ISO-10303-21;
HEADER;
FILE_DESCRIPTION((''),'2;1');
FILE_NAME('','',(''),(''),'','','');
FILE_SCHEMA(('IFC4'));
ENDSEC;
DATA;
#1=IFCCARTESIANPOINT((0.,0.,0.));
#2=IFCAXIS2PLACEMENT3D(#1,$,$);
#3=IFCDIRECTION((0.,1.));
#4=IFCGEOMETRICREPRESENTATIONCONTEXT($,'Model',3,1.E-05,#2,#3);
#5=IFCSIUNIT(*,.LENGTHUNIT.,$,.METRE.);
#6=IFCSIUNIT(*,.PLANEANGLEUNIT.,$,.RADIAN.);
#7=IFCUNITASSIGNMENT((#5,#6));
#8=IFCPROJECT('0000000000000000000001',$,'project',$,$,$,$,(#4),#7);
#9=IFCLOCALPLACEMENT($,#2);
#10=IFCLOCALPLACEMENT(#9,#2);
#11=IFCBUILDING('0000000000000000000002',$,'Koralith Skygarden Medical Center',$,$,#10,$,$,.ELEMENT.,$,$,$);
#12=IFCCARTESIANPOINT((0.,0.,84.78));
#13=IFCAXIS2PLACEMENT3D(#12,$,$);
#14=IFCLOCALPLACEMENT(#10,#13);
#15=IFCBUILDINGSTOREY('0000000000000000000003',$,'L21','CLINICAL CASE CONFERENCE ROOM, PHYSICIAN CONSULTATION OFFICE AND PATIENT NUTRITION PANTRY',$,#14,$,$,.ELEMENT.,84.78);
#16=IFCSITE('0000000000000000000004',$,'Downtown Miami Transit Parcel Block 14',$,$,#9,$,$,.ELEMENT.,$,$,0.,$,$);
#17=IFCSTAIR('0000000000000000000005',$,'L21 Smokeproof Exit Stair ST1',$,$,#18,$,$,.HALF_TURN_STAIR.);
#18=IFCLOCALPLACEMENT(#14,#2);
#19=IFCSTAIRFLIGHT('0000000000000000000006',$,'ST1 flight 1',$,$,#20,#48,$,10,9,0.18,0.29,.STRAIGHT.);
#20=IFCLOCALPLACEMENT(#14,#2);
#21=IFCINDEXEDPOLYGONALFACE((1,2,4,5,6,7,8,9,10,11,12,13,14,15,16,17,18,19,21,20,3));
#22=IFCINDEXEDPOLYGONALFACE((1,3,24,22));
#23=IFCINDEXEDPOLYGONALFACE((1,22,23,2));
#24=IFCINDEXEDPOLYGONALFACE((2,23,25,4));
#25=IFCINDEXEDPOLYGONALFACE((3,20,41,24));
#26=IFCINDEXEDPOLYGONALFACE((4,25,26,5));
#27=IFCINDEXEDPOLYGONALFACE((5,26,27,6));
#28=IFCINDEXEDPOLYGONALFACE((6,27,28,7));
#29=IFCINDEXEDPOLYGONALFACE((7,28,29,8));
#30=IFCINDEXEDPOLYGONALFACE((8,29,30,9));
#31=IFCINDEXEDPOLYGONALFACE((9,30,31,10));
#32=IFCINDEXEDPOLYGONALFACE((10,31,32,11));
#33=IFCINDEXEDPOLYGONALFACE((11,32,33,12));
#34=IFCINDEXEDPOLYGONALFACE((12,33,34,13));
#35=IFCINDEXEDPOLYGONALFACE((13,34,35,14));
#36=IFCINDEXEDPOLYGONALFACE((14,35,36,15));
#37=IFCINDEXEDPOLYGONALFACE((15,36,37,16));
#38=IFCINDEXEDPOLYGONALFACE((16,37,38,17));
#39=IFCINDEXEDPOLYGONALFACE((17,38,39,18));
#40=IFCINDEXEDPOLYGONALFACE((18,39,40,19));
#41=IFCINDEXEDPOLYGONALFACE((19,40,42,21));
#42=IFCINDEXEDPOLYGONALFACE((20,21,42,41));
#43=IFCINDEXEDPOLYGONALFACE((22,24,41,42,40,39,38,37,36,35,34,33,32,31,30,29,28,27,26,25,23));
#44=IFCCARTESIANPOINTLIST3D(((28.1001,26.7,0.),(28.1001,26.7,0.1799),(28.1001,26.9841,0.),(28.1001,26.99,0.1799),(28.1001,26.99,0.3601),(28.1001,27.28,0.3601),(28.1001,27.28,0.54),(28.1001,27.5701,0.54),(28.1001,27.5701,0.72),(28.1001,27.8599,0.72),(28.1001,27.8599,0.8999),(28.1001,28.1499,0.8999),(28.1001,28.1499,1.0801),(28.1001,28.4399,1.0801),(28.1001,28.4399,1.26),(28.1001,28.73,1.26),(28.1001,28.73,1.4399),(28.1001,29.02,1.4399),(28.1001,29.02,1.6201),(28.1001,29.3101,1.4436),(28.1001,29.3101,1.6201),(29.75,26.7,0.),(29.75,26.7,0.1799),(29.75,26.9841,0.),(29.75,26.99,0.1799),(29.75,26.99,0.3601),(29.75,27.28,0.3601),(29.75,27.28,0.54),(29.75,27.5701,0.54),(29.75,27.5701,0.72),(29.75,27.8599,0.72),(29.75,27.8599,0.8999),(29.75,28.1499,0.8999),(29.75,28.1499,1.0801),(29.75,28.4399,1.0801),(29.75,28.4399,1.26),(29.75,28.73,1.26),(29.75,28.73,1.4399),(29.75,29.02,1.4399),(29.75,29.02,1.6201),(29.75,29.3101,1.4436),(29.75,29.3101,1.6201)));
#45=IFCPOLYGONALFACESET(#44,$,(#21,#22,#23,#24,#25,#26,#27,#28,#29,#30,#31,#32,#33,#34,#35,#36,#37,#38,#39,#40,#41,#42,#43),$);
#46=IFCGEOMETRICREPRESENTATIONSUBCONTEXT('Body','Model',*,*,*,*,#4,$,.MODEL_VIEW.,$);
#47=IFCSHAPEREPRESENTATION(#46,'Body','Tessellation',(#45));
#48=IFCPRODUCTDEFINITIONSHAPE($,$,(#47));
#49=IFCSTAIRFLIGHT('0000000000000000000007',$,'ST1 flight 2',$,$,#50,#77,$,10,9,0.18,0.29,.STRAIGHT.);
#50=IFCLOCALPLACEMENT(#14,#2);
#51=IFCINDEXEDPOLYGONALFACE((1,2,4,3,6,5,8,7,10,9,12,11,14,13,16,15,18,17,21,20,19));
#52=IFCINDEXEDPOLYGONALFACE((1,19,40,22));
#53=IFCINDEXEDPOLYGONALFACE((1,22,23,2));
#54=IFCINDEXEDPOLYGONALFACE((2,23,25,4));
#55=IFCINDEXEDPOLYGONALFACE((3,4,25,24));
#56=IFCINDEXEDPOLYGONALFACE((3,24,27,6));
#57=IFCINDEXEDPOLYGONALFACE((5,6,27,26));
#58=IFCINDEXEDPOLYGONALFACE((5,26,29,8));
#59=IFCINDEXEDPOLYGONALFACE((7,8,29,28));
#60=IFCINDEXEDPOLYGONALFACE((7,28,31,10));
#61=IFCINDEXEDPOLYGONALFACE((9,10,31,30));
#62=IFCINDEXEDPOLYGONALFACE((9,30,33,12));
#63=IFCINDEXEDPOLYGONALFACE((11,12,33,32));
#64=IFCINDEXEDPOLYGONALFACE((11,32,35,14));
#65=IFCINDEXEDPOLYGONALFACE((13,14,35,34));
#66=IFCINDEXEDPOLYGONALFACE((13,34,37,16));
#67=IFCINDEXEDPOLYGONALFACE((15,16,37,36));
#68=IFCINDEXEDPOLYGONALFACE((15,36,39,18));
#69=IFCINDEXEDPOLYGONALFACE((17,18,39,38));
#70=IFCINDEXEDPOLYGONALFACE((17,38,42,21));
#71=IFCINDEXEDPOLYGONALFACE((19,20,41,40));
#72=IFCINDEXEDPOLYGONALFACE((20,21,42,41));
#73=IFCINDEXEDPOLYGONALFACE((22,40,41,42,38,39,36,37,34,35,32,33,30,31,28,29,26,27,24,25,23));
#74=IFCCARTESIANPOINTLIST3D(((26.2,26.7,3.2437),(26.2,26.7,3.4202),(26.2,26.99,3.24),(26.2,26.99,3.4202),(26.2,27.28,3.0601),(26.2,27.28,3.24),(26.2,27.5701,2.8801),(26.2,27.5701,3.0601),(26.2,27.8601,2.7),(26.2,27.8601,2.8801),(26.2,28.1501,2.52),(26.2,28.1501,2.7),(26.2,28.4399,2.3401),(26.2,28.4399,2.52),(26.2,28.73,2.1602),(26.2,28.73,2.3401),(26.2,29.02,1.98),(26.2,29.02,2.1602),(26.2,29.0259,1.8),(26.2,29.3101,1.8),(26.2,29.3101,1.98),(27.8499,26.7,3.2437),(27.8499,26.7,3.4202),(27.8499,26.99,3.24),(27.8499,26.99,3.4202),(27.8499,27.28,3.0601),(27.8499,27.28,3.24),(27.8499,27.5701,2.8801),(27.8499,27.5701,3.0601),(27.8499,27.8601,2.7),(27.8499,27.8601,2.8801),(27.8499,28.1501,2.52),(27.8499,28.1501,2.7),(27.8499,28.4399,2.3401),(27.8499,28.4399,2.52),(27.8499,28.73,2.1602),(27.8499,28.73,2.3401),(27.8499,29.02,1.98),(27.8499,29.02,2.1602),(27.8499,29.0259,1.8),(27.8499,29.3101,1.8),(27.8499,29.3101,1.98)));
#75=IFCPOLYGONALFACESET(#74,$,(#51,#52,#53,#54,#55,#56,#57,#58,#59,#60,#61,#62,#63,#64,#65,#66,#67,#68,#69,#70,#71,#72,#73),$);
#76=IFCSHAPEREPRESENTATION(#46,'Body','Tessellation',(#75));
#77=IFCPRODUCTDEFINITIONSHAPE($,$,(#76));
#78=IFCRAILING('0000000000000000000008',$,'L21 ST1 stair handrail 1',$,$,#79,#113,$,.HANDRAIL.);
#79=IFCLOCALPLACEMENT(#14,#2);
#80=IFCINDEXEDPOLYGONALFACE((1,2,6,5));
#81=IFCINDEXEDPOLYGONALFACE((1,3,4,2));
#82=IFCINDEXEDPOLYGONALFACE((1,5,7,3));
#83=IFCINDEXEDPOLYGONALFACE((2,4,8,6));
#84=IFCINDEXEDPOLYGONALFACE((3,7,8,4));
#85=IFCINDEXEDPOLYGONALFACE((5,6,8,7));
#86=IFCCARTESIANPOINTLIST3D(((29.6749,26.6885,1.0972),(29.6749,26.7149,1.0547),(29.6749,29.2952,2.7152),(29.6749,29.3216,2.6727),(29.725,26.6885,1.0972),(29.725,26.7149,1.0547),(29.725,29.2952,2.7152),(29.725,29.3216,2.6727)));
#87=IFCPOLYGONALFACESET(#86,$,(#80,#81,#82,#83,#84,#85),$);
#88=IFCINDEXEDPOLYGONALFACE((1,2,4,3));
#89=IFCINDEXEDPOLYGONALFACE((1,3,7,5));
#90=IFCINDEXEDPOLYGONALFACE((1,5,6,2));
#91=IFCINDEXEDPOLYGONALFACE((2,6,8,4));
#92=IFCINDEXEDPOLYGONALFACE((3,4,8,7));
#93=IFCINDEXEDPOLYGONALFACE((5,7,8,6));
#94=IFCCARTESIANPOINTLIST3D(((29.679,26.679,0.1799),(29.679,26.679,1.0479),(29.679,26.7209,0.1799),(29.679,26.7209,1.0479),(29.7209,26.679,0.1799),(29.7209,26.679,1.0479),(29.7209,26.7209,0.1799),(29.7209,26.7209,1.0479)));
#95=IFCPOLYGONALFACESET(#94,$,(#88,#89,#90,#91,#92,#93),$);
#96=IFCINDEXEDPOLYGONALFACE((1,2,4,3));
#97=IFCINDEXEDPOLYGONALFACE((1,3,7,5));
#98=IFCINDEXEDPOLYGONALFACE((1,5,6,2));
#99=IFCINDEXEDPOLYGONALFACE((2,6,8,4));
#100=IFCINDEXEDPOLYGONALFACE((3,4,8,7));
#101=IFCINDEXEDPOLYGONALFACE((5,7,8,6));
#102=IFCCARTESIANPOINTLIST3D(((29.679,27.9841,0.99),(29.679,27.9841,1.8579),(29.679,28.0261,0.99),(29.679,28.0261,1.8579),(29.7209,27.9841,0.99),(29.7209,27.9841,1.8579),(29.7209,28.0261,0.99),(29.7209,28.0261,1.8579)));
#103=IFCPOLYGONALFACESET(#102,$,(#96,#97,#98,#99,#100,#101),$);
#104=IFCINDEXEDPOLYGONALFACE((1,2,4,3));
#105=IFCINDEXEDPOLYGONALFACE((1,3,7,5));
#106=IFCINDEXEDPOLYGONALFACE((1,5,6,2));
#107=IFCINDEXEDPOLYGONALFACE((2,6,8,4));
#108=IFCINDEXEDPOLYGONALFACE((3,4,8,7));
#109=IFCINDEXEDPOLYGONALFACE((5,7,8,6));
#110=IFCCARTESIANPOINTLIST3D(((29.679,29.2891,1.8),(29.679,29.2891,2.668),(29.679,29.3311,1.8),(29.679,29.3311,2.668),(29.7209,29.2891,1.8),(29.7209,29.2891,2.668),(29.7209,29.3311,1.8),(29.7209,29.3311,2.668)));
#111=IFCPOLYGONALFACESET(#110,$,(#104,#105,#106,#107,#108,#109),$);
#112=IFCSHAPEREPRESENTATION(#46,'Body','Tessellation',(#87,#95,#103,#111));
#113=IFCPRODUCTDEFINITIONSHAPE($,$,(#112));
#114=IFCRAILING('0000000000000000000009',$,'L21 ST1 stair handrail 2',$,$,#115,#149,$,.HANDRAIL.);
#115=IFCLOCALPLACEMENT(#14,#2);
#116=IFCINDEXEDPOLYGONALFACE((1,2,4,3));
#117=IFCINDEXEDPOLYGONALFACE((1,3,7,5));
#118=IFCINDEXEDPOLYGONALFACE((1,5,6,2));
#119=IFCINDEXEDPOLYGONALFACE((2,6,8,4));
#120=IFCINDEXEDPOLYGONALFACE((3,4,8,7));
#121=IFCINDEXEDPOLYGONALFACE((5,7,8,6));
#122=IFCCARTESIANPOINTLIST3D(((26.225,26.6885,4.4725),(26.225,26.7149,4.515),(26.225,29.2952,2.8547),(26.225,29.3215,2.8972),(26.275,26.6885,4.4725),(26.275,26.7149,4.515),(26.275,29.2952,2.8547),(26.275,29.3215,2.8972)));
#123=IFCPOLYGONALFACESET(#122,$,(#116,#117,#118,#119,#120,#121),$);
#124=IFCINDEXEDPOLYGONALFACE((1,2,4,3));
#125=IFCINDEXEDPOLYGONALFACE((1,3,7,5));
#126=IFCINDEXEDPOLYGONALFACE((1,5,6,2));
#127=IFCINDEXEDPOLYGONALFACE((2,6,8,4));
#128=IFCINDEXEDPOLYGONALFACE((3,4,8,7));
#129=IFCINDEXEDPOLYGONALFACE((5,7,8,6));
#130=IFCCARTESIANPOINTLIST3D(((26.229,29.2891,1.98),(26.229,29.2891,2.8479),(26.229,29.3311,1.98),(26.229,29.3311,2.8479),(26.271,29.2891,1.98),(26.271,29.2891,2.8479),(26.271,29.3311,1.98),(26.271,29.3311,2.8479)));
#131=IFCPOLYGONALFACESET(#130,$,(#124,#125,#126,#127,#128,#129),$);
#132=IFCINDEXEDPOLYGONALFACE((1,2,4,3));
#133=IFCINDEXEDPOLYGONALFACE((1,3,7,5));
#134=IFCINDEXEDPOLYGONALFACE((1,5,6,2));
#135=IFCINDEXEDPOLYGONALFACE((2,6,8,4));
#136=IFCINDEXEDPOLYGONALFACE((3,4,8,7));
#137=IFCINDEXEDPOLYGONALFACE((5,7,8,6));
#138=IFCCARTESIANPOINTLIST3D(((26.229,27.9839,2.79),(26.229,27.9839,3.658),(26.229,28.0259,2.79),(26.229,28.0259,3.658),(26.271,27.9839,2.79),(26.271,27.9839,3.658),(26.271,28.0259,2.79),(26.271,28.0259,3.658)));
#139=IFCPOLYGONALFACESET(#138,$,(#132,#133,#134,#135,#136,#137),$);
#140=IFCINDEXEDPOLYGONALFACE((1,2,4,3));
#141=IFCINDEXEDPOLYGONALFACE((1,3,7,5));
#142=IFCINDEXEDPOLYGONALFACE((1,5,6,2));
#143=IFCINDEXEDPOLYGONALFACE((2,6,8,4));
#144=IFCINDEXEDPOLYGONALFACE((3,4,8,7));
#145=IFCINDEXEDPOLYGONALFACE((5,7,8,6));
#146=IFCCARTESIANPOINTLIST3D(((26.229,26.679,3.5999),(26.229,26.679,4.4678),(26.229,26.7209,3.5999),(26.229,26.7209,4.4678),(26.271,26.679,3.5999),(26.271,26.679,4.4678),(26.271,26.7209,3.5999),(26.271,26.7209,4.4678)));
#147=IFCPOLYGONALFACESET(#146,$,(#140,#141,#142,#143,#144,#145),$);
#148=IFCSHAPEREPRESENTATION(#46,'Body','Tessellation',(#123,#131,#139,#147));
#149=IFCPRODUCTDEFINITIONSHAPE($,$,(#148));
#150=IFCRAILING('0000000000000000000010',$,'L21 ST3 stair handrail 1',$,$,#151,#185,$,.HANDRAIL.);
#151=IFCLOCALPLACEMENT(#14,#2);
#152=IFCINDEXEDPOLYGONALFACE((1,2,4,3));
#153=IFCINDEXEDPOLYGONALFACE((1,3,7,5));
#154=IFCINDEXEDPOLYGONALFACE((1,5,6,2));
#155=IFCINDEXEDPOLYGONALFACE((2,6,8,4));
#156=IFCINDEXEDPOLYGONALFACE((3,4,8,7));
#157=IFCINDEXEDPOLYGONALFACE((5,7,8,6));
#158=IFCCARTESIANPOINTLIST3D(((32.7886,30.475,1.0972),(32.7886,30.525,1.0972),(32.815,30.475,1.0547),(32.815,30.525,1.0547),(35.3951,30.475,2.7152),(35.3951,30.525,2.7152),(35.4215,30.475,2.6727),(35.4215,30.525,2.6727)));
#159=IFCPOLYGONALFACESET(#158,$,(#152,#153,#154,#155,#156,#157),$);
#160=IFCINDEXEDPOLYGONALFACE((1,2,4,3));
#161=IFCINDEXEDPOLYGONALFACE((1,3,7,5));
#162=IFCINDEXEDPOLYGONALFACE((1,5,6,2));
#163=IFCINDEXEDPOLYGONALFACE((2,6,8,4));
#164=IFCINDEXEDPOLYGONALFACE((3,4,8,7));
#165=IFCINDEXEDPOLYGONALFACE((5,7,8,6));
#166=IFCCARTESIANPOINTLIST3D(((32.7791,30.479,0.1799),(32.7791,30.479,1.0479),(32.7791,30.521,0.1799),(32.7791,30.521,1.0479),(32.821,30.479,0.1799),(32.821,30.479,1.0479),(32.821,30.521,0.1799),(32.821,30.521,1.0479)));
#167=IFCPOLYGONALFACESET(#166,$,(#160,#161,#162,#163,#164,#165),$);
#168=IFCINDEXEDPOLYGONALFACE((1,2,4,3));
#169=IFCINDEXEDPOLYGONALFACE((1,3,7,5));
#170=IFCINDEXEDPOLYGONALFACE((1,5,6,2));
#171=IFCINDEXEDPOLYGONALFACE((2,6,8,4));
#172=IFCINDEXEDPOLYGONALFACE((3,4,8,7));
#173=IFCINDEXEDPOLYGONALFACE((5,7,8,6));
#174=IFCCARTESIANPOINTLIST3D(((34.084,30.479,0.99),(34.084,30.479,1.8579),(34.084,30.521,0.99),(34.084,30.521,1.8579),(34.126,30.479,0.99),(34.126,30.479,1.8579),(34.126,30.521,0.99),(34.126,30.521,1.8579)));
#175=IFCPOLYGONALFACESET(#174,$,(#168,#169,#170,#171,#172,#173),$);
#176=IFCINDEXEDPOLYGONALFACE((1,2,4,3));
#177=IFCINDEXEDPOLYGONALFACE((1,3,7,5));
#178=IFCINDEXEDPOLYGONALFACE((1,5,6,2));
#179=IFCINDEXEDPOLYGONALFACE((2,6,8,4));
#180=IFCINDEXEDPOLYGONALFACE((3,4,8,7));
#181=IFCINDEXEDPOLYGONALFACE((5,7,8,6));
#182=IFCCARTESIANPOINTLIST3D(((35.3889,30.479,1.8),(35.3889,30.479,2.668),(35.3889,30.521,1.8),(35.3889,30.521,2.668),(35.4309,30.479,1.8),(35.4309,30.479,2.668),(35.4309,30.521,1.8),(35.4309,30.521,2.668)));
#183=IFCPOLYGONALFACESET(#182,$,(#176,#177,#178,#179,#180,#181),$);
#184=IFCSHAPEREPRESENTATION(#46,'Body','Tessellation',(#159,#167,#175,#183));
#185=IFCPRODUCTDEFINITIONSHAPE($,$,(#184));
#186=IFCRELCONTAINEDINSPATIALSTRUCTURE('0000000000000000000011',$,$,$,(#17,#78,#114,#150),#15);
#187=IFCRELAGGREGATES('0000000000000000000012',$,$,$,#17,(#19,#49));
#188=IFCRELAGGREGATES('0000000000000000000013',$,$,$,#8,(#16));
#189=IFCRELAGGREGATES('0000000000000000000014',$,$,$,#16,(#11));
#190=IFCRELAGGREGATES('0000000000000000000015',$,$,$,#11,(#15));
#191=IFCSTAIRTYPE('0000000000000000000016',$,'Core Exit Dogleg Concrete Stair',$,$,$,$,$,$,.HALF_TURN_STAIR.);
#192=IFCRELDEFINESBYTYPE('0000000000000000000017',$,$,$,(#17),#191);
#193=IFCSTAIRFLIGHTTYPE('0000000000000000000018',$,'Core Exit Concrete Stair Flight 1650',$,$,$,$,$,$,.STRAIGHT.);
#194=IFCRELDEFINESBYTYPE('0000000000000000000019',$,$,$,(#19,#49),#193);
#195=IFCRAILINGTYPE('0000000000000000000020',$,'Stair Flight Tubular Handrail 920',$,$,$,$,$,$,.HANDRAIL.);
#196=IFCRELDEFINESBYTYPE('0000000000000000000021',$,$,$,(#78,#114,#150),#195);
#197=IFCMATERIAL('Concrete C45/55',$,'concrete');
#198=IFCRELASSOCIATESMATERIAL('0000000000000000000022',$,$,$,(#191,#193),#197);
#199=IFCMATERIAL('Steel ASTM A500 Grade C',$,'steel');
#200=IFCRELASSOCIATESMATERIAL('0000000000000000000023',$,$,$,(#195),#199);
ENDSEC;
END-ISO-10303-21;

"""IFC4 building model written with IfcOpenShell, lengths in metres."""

from ifc_helpers import new_model, si_unit, direction, frame, origin, origin_2d, place, context, subcontext, project, spatial, polyline, rectangle, outline, extrude, material, type_object, element, aggregate, save


model = new_model("IFC4")

# Units and contexts
model_context = context("Model", 3, precision=1e-05, world=origin(), true_north=direction((0.0, 1.0)))
body_context = subcontext(model_context, "Body", "Model", "MODEL_VIEW")
ifc_project = project(units=[si_unit("LENGTHUNIT", "METRE"), si_unit("PLANEANGLEUNIT", "RADIAN")], contexts=[model_context])

# Site, building, storey
site_placement = place(None, origin())
site = spatial("IfcSite", under=ifc_project, at=site_placement, Name="Downtown Miami Transit Parcel Block 14", CompositionType="ELEMENT", RefElevation=0.0)
building_placement = place(site_placement, origin())
building = spatial("IfcBuilding", under=site, at=building_placement, Name="Koralith Skygarden Medical Center", CompositionType="ELEMENT")
storey_placement = place(building_placement, frame((0.0, 0.0, 84.78)))
storey = spatial("IfcBuildingStorey", under=building, at=storey_placement, Name="L21", Description="CLINICAL CASE CONFERENCE ROOM, PHYSICIAN CONSULTATION OFFICE AND PATIENT NUTRITION PANTRY", CompositionType="ELEMENT", Elevation=84.78)

# Shared definitions
ifc_material_1 = material(Name="Concrete C45/55", Category="concrete")

# Shared definitions
ifc_material_2 = material(Name="Steel ASTM A500 Grade C", Category="steel")

# Stair, stair flights
stair_type = type_object("IfcStairType", Name="Core Exit Dogleg Concrete Stair", PredefinedType="HALF_TURN_STAIR", material=ifc_material_1)
stair_placement = place(storey_placement, origin())
stair = element("IfcStair", 1, at=stair_placement, inside=storey, type_object=stair_type, Name="L21 Smokeproof Exit Stair ST1", PredefinedType="HALF_TURN_STAIR")
stair_flight_type = type_object("IfcStairFlightType", Name="Core Exit Concrete Stair Flight 1650", PredefinedType="STRAIGHT", material=ifc_material_1)
stair_flight_1_placement = place(storey_placement, frame((28.925, 26.7, 0.0), z_axis=(0.0, 0.0, 1.0), x_axis=(0.0, 1.0, 0.0)))
stair_flight_1 = element("IfcStairFlight", 2, at=stair_flight_1_placement, type_object=stair_flight_type, Name="ST1 flight 1", NumberOfRisers=10, NumberOfTreads=9, PredefinedType="STRAIGHT", RiserHeight=0.18, TreadLength=0.29, context=body_context, shape_type="SweptSolid", body=[
    extrude(outline(polyline([(0.0, 0.0), (0.0, 0.1799), (0.29, 0.1799), (0.29, 0.3601), (0.5801, 0.3601), (0.5801, 0.54), (0.8701, 0.54), (0.8701, 0.72), (1.1599, 0.72), (1.1599, 0.8999), (1.45, 0.8999), (1.45, 1.0801), (1.74, 1.0801), (1.74, 1.26), (2.03, 1.26), (2.03, 1.4399), (2.3201, 1.4399), (2.3201, 1.6201), (2.6101, 1.6201), (2.6101, 1.8), (2.6101, 1.4436), (0.2842, 0.0), (0.0, 0.0)])), frame((0.0, 0.825, 0.0), z_axis=(0.0, -1.0, 0.0), x_axis=(1.0, 0.0, 0.0)), (0.0, 0.0, 1.0), 1.6499),
])
stair_flight_2_placement = place(storey_placement, frame((27.0249, 29.3101, 1.8), z_axis=(0.0, 0.0, 1.0), x_axis=(0.0, -1.0, 0.0)))
stair_flight_2 = element("IfcStairFlight", 3, at=stair_flight_2_placement, type_object=stair_flight_type, Name="ST1 flight 2", NumberOfRisers=10, NumberOfTreads=9, PredefinedType="STRAIGHT", RiserHeight=0.18, TreadLength=0.29, context=body_context, shape_type="SweptSolid", body=[
    extrude(outline(polyline([(0.0, 0.0), (0.0, 0.1799), (0.29, 0.1799), (0.29, 0.3601), (0.5801, 0.3601), (0.5801, 0.54), (0.8701, 0.54), (0.8701, 0.72), (1.1599, 0.72), (1.1599, 0.8999), (1.45, 0.8999), (1.45, 1.0801), (1.74, 1.0801), (1.74, 1.26), (2.03, 1.26), (2.03, 1.4399), (2.3201, 1.4399), (2.3201, 1.6201), (2.6101, 1.6201), (2.6101, 1.8), (2.6101, 1.4436), (0.2842, 0.0), (0.0, 0.0)])), frame((0.0, 0.825, 0.0), z_axis=(0.0, -1.0, 0.0), x_axis=(1.0, 0.0, 0.0)), (0.0, 0.0, 1.0), 1.6499),
])
aggregate(stair, [stair_flight_1, stair_flight_2])

# Railings
railing_type_1 = type_object("IfcRailingType", Name="Stair Flight Tubular Handrail 920", PredefinedType="HANDRAIL", material=ifc_material_2)
railing_1_placement = place(storey_placement, frame((29.7, 26.7, 0.1799)))
element("IfcRailing", 4, at=railing_1_placement, inside=storey, type_object=railing_type_1, Name="L21 ST1 stair handrail 1", PredefinedType="HANDRAIL", context=body_context, shape_type="SweptSolid", body=[
    extrude(rectangle(XDim=0.05, YDim=0.05, at=origin_2d()), frame((0.0, 0.0017, 0.896), z_axis=(0.0, 0.849633, 0.527375), x_axis=(-1.0, 0.0, 0.0)), (0.0, 0.0, 1.0), 3.0681),
    extrude(rectangle(XDim=0.042, YDim=0.042, at=origin_2d()), origin(), (0.0, 0.0, 1.0), 0.8679),
    extrude(rectangle(XDim=0.042, YDim=0.042, at=origin_2d()), frame((0.0, 1.3052, 0.8101)), (0.0, 0.0, 1.0), 0.8679),
    extrude(rectangle(XDim=0.042, YDim=0.042, at=origin_2d()), frame((0.0, 2.6101, 1.6201)), (0.0, 0.0, 1.0), 0.8679),
])
railing_2_placement = place(storey_placement, frame((26.25, 29.3101, 1.98)))
element("IfcRailing", 5, at=railing_2_placement, inside=storey, type_object=railing_type_1, Name="L21 ST1 stair handrail 2", PredefinedType="HANDRAIL", context=body_context, shape_type="SweptSolid", body=[
    extrude(rectangle(XDim=0.05, YDim=0.05, at=origin_2d()), frame((0.0, -0.0017, 0.896), z_axis=(0.0, -0.849668, 0.527317), x_axis=(1.0, 0.0, 0.0)), (0.0, 0.0, 1.0), 3.0679),
    extrude(rectangle(XDim=0.042, YDim=0.042, at=origin_2d()), origin(), (0.0, 0.0, 1.0), 0.8679),
    extrude(rectangle(XDim=0.042, YDim=0.042, at=origin_2d()), frame((0.0, -1.3052, 0.8101)), (0.0, 0.0, 1.0), 0.8679),
    extrude(rectangle(XDim=0.042, YDim=0.042, at=origin_2d()), frame((0.0, -2.6101, 1.6199)), (0.0, 0.0, 1.0), 0.8679),
])
railing_3_placement = place(storey_placement, frame((32.8, 30.5, 0.1799)))
element("IfcRailing", 6, at=railing_3_placement, inside=storey, type_object=railing_type_1, Name="L21 ST3 stair handrail 1", PredefinedType="HANDRAIL", context=body_context, shape_type="SweptSolid", body=[
    extrude(rectangle(XDim=0.05, YDim=0.05, at=origin_2d()), frame((0.0017, 0.0, 0.896), z_axis=(0.849611, 0.0, 0.52741), x_axis=(0.0, 1.0, 0.0)), (0.0, 0.0, 1.0), 3.0679),
    extrude(rectangle(XDim=0.042, YDim=0.042, at=origin_2d()), origin(), (0.0, 0.0, 1.0), 0.8679),
    extrude(rectangle(XDim=0.042, YDim=0.042, at=origin_2d()), frame((1.3049, 0.0, 0.8101)), (0.0, 0.0, 1.0), 0.8679),
    extrude(rectangle(XDim=0.042, YDim=0.042, at=origin_2d()), frame((2.6099, 0.0, 1.6201)), (0.0, 0.0, 1.0), 0.8679),
])

save(model, "model.ifc")
